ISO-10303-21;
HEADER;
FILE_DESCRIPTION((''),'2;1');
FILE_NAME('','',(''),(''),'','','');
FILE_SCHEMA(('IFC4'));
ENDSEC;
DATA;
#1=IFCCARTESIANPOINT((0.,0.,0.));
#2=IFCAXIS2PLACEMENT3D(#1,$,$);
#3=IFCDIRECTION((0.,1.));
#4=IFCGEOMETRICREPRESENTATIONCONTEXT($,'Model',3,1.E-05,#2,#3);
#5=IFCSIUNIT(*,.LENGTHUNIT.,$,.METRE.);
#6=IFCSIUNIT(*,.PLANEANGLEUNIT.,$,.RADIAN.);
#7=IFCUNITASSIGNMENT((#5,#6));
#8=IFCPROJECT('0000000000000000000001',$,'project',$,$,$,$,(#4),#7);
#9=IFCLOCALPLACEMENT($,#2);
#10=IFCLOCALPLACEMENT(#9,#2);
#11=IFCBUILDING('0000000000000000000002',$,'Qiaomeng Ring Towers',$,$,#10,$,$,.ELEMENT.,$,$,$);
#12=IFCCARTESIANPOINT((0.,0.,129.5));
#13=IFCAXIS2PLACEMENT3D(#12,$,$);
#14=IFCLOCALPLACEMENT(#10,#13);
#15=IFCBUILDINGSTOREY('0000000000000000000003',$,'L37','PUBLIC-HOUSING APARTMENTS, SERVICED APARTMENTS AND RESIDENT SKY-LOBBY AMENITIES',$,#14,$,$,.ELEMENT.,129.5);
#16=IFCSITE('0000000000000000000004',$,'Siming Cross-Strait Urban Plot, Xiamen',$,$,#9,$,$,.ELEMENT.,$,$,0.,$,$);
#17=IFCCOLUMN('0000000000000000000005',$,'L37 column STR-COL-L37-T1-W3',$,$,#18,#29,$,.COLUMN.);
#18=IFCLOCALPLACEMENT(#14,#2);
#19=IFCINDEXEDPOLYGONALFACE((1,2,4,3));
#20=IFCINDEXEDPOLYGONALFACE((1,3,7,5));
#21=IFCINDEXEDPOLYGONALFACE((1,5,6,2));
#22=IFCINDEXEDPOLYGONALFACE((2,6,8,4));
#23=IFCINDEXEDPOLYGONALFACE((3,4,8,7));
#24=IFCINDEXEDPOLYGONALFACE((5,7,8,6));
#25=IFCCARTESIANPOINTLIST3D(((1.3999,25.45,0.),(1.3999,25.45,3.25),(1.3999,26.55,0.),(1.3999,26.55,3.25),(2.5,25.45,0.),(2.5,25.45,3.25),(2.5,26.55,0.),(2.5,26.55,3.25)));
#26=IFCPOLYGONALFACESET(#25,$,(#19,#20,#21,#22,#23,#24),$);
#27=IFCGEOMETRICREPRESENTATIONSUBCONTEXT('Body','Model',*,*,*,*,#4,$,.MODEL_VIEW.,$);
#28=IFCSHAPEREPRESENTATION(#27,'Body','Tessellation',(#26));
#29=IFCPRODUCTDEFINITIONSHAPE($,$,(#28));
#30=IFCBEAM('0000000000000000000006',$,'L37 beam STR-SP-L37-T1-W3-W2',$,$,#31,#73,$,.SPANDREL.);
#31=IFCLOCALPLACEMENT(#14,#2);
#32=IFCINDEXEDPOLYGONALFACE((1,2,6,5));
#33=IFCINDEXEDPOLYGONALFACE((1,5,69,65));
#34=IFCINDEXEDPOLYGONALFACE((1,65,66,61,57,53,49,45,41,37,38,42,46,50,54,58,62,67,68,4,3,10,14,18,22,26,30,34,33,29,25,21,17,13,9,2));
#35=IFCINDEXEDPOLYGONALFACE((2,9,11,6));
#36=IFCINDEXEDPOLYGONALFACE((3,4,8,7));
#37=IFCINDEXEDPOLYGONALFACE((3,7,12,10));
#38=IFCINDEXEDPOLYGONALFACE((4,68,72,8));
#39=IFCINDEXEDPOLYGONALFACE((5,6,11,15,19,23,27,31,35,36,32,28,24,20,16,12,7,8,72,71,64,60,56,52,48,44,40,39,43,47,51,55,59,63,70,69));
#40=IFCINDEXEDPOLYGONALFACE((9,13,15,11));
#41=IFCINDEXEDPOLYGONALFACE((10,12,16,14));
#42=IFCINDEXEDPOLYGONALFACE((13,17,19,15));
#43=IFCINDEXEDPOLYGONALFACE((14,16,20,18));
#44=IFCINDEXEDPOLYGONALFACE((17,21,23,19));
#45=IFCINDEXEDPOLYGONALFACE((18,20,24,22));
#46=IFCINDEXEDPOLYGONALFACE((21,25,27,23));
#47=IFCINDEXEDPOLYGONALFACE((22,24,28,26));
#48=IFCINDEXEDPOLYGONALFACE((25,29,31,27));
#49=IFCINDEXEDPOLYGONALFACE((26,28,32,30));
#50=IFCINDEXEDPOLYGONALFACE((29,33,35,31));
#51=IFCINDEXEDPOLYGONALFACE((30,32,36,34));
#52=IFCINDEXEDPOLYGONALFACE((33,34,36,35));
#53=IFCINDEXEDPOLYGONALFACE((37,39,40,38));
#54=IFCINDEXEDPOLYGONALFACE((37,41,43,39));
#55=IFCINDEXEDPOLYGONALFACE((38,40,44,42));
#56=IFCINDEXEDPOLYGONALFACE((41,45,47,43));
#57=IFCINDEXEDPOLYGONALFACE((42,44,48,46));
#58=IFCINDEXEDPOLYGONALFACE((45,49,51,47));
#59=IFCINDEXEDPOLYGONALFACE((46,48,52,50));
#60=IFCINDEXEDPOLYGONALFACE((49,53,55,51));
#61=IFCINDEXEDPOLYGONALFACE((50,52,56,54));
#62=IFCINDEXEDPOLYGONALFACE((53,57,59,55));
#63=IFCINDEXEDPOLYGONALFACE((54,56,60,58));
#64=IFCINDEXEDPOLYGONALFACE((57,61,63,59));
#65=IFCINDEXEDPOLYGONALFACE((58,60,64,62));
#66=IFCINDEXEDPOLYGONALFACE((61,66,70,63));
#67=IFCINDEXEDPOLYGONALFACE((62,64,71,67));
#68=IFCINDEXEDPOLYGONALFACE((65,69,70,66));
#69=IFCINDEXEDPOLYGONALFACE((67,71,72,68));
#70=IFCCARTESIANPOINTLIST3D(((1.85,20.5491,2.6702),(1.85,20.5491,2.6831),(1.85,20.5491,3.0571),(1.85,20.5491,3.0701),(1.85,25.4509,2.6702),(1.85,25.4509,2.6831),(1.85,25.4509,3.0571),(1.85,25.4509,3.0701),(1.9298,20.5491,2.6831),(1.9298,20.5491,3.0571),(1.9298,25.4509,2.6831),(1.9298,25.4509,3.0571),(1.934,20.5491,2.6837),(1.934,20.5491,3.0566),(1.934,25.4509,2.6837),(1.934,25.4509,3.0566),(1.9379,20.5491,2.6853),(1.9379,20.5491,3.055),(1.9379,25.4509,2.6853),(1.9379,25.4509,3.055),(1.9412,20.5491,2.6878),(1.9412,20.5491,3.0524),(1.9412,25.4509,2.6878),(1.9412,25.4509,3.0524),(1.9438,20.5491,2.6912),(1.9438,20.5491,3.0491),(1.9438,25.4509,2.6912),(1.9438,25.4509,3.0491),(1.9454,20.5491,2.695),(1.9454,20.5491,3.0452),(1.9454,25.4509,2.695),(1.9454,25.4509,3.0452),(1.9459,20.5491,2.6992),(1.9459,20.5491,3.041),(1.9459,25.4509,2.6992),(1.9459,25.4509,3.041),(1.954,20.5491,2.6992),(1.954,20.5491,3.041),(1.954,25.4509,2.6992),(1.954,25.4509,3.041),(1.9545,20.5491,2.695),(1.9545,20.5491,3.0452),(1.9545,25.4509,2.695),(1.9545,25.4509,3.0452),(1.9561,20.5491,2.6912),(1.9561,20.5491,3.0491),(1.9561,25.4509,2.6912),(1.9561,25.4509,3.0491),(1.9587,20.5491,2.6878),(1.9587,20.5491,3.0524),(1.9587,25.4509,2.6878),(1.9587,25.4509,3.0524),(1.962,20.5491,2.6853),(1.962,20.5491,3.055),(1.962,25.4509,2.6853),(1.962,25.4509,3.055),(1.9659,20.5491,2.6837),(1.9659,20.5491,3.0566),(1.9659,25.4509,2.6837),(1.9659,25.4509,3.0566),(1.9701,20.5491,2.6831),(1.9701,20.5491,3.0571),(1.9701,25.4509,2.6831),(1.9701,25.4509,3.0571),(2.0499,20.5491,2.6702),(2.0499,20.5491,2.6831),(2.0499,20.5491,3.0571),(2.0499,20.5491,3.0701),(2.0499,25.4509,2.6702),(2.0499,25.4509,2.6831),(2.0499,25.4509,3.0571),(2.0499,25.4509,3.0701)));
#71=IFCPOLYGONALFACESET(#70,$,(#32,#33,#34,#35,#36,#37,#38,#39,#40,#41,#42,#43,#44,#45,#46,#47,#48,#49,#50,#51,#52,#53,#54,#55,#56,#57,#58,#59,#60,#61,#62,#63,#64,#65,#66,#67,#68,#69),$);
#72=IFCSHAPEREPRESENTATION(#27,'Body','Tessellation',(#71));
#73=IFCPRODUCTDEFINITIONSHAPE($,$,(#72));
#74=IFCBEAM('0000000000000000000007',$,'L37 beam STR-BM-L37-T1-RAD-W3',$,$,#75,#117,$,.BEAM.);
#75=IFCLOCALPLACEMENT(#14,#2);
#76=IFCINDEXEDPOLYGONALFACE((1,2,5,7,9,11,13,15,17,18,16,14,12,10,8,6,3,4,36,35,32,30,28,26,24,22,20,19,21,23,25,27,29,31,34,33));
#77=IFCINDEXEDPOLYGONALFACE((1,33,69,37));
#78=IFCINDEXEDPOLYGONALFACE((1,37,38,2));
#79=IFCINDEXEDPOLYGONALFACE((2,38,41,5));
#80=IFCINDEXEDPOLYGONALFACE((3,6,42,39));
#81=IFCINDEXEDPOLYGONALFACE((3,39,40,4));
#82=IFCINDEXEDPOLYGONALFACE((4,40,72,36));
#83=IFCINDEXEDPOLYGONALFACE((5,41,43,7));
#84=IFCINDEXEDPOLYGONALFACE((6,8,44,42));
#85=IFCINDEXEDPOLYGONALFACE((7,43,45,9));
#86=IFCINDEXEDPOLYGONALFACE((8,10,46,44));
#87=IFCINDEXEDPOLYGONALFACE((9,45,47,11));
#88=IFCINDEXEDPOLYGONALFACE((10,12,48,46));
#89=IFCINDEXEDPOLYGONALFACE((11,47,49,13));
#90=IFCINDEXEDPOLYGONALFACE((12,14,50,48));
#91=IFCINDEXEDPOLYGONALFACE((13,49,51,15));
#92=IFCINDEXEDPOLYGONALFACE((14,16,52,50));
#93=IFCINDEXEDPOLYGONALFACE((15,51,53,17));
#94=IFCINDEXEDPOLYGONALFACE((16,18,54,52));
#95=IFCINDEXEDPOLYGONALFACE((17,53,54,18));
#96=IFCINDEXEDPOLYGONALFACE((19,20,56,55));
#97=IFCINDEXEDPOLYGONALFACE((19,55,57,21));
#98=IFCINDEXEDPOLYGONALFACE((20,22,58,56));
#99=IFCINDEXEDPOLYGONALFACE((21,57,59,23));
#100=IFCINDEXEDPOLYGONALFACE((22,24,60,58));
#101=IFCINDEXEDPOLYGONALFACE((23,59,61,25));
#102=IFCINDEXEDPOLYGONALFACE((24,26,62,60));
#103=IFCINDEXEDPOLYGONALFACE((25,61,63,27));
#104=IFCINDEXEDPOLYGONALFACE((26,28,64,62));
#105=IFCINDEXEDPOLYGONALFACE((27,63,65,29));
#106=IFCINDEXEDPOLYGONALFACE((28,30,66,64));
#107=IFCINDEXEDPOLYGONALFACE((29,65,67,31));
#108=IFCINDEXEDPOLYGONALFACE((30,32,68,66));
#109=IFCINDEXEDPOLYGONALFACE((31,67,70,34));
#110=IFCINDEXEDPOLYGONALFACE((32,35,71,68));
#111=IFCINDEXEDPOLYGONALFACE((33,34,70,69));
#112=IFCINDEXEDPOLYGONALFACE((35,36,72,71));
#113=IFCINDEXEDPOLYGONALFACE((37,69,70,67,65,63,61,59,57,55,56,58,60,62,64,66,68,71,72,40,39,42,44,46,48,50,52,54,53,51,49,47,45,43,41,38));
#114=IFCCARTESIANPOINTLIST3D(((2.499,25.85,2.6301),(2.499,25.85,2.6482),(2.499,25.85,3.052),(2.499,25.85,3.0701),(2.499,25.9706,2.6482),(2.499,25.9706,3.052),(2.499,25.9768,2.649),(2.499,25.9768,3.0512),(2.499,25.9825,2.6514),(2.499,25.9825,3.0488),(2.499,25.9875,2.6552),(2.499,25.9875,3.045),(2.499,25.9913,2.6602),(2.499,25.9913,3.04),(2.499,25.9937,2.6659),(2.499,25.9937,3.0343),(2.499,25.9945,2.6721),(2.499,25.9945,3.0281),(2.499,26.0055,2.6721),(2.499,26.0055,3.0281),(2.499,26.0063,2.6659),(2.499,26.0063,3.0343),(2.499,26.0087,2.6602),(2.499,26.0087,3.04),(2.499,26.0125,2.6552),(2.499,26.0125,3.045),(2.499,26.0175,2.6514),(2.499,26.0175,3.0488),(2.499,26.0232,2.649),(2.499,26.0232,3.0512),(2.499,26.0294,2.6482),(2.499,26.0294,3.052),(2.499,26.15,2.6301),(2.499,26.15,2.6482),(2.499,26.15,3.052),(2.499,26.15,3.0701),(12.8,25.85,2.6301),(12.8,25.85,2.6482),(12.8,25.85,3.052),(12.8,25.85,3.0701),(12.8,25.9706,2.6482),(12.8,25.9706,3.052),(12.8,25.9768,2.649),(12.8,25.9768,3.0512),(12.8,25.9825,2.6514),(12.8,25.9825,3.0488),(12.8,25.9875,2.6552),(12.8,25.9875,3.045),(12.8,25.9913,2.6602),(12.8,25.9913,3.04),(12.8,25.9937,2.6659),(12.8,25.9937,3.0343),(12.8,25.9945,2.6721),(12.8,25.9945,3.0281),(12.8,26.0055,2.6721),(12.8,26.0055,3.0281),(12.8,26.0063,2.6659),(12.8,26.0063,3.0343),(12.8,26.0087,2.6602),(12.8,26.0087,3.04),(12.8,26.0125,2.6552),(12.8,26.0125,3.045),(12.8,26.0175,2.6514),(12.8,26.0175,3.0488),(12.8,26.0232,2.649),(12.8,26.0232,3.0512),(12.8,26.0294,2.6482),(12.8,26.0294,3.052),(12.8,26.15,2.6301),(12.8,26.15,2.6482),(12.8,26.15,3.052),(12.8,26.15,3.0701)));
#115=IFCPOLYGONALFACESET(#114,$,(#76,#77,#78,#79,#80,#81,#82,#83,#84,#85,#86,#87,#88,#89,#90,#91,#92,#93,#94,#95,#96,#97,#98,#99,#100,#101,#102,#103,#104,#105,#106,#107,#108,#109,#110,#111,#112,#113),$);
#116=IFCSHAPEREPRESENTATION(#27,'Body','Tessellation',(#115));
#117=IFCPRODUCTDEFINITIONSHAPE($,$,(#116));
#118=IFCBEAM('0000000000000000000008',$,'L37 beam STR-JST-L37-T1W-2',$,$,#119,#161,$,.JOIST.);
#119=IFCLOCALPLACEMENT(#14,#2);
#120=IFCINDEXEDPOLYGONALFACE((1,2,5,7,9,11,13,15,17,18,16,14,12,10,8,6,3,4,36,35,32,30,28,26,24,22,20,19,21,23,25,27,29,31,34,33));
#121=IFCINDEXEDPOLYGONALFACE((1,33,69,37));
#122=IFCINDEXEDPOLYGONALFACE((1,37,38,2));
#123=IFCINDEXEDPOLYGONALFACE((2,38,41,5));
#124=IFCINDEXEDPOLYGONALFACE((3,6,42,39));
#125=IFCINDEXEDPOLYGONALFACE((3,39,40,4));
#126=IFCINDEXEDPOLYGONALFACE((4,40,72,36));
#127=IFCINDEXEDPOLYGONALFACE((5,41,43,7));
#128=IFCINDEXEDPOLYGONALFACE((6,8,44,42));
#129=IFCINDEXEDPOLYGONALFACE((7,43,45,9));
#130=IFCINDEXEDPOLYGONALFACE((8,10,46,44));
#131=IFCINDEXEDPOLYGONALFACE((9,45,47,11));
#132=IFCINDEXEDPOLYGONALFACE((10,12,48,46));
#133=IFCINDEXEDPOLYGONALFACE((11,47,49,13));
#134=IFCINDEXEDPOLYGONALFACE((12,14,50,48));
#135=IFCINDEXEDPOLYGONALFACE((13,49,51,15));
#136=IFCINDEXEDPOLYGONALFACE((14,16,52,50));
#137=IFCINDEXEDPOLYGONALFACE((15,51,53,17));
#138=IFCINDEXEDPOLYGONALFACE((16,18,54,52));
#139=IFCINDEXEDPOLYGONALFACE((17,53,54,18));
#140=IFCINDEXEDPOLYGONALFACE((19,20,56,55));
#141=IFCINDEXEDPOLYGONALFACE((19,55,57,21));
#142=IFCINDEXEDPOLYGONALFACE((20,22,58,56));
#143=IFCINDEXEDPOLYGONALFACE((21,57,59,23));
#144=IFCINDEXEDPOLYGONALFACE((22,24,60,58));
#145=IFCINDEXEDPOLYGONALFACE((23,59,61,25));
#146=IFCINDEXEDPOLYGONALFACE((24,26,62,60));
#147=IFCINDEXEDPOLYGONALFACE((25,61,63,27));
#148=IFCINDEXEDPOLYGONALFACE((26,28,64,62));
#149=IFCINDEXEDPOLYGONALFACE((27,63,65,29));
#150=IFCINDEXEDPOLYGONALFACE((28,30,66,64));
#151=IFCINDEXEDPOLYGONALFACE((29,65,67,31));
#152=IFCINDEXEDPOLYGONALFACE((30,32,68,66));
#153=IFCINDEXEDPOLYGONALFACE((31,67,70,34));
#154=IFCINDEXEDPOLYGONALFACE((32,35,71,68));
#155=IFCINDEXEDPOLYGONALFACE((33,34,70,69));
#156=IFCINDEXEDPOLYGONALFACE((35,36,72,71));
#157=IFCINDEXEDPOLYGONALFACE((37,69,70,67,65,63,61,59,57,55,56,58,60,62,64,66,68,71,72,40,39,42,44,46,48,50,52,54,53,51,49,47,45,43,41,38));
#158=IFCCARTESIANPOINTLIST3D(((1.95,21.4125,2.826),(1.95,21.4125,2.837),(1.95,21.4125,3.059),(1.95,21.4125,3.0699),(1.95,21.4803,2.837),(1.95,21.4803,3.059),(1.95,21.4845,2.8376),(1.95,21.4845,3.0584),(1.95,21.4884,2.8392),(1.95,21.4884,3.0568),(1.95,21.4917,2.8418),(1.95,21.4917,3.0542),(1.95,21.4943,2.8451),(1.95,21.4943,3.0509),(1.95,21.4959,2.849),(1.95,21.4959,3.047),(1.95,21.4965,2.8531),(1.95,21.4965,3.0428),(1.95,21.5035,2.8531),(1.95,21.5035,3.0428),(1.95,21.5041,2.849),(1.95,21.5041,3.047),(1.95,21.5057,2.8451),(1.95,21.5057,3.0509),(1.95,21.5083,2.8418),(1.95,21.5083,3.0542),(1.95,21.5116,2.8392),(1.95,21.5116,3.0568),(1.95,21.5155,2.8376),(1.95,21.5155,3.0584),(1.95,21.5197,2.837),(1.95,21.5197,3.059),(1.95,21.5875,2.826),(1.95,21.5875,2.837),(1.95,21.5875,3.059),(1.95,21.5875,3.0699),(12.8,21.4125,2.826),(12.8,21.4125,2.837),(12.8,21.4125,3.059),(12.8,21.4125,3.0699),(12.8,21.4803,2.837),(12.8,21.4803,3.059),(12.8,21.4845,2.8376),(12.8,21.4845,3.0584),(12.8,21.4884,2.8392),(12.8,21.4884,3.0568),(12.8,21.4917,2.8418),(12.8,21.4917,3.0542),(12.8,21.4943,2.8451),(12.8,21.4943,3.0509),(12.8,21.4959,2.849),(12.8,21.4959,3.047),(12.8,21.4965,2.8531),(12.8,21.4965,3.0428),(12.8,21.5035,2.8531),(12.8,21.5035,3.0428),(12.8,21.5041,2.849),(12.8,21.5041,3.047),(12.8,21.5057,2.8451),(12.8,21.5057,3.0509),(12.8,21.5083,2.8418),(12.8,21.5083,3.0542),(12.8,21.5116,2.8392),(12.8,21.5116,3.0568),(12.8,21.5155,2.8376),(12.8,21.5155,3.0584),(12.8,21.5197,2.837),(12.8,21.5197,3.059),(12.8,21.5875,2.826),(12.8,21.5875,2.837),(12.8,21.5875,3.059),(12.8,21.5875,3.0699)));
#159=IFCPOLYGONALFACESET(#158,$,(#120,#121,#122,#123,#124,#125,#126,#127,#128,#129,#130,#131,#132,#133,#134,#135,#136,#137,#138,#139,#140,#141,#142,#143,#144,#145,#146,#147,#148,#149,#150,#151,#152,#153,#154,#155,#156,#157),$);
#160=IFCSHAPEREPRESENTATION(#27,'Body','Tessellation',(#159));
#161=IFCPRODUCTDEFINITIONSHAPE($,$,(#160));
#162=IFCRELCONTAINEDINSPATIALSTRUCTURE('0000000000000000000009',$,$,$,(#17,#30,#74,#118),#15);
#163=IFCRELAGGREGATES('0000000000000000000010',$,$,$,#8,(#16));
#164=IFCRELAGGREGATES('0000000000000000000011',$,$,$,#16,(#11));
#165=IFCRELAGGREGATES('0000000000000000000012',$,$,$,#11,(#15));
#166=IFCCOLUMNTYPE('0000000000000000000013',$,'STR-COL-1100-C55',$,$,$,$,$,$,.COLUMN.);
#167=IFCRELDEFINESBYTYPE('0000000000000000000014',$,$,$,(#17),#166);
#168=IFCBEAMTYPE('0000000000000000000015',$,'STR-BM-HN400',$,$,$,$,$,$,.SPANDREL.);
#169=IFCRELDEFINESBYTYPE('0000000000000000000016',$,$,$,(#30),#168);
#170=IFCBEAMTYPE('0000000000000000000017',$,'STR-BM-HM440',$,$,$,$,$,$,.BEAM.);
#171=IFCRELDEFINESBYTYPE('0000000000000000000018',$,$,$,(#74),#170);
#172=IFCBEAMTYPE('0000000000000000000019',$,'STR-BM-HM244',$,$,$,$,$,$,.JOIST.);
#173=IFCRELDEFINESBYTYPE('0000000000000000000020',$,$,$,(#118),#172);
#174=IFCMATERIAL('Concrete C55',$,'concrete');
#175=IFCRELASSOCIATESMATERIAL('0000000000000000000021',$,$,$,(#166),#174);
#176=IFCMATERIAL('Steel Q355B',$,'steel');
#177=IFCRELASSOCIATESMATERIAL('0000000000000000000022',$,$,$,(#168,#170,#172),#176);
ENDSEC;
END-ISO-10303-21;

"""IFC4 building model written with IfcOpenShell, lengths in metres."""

from ifc_helpers import new_model, si_unit, direction, frame, origin, origin_2d, place, context, subcontext, project, spatial, rectangle, i_section, extrude, source, transform, mapped, material, material_profile, profile_set, type_object, element, save


model = new_model("IFC4")

# Units and contexts
model_context = context("Model", 3, precision=1e-05, world=origin(), true_north=direction((0.0, 1.0)))
body_context = subcontext(model_context, "Body", "Model", "MODEL_VIEW")
ifc_project = project(units=[si_unit("LENGTHUNIT", "METRE"), si_unit("PLANEANGLEUNIT", "RADIAN")], contexts=[model_context])

# Site, building, storey
site_placement = place(None, origin())
site = spatial("IfcSite", under=ifc_project, at=site_placement, Name="Siming Cross-Strait Urban Plot, Xiamen", CompositionType="ELEMENT", RefElevation=0.0)
building_placement = place(site_placement, origin())
building = spatial("IfcBuilding", under=site, at=building_placement, Name="Qiaomeng Ring Towers", CompositionType="ELEMENT")
storey_placement = place(building_placement, frame((0.0, 0.0, 129.5)))
storey = spatial("IfcBuildingStorey", under=building, at=storey_placement, Name="L37", Description="PUBLIC-HOUSING APARTMENTS, SERVICED APARTMENTS AND RESIDENT SKY-LOBBY AMENITIES", CompositionType="ELEMENT", Elevation=129.5)

# Column
ifc_material_1 = material(Name="Concrete C55", Category="concrete")
ifc_material_profile_1 = material_profile(ifc_material_1, rectangle(XDim=1.1001, YDim=1.1001, at=origin_2d()), Name="RC COL 1100x1100")
ifc_profile_set_1 = profile_set([ifc_material_profile_1], Name="Concrete C55")
column_type = type_object("IfcColumnType", Name="STR-COL-1100-C55", PredefinedType="COLUMN", material=ifc_profile_set_1)
shared_shape_1 = source(origin(), body_context, "Body", "SweptSolid", [
    extrude(rectangle(XDim=1.1001, YDim=1.1001, at=origin_2d()), origin(), (0.0, 0.0, 1.0), 3.25),
])
column_placement = place(storey_placement, frame((1.95, 26.0, 0.0), z_axis=(0.0, 0.0, 1.0), x_axis=(1.0, 0.0, 0.0)))
element("IfcColumn", 1, at=column_placement, inside=storey, type_object=column_type, Name="L37 column STR-COL-L37-T1-W3", PredefinedType="COLUMN", context=body_context, shape_type="MappedRepresentation", body=[
    mapped(shared_shape_1, transform((0.0, 0.0, 0.0), x_axis=(1.0, 0.0, 0.0), y_axis=(0.0, 1.0, 0.0), z_axis=(0.0, 0.0, 1.0), scale=1.0)),
])

# Beams
ifc_material_2 = material(Name="Steel Q355B", Category="steel")
ifc_material_profile_2 = material_profile(ifc_material_2, i_section(OverallWidth=0.2, OverallDepth=0.3999, WebThickness=0.0081, FlangeThickness=0.0129, FilletRadius=0.0161, at=origin_2d()), Name="HN 400x200x8x13")
ifc_profile_set_2 = profile_set([ifc_material_profile_2], Name="Steel Q355B")
beam_type_1 = type_object("IfcBeamType", Name="STR-BM-HN400", PredefinedType="SPANDREL", material=ifc_profile_set_2)
shared_shape_2 = source(origin(), body_context, "Body", "SweptSolid", [
    extrude(i_section(OverallWidth=0.2, OverallDepth=0.3999, WebThickness=0.0081, FlangeThickness=0.0129, FilletRadius=0.0161, at=origin_2d()), origin(), (0.0, 0.0, 1.0), 4.9019),
])
beam_1_placement = place(storey_placement, frame((1.95, 25.4509, 2.8701), z_axis=(0.0, -1.0, 0.0), x_axis=(1.0, 0.0, 0.0)))
element("IfcBeam", 2, at=beam_1_placement, inside=storey, type_object=beam_type_1, Name="L37 beam STR-SP-L37-T1-W3-W2", PredefinedType="SPANDREL", context=body_context, shape_type="MappedRepresentation", body=[
    mapped(shared_shape_2, transform((0.0, 0.0, 0.0), x_axis=(1.0, 0.0, 0.0), y_axis=(0.0, 1.0, 0.0), z_axis=(0.0, 0.0, 1.0), scale=1.0)),
])
ifc_material_profile_3 = material_profile(ifc_material_2, i_section(OverallWidth=0.3, OverallDepth=0.4399, WebThickness=0.011, FlangeThickness=0.0181, FilletRadius=0.0239, at=origin_2d()), Name="HM 440x300x11x18")
ifc_profile_set_3 = profile_set([ifc_material_profile_3], Name="Steel Q355B")
beam_type_2 = type_object("IfcBeamType", Name="STR-BM-HM440", PredefinedType="BEAM", material=ifc_profile_set_3)
shared_shape_3 = source(origin(), body_context, "Body", "SweptSolid", [
    extrude(i_section(OverallWidth=0.3, OverallDepth=0.4399, WebThickness=0.011, FlangeThickness=0.0181, FilletRadius=0.0239, at=origin_2d()), origin(), (0.0, 0.0, 1.0), 10.301),
])
beam_2_placement = place(storey_placement, frame((2.499, 26.0, 2.8501), z_axis=(1.0, 0.0, 0.0), x_axis=(0.0, 1.0, 0.0)))
element("IfcBeam", 3, at=beam_2_placement, inside=storey, type_object=beam_type_2, Name="L37 beam STR-BM-L37-T1-RAD-W3", PredefinedType="BEAM", context=body_context, shape_type="MappedRepresentation", body=[
    mapped(shared_shape_3, transform((0.0, 0.0, 0.0), x_axis=(1.0, 0.0, 0.0), y_axis=(0.0, 1.0, 0.0), z_axis=(0.0, 0.0, 1.0), scale=1.0)),
])
ifc_material_profile_4 = material_profile(ifc_material_2, i_section(OverallWidth=0.175, OverallDepth=0.2439, WebThickness=0.0071, FlangeThickness=0.011, FilletRadius=0.0161, at=origin_2d()), Name="HM 244x175x7x11")
ifc_profile_set_4 = profile_set([ifc_material_profile_4], Name="Steel Q355B")
beam_type_3 = type_object("IfcBeamType", Name="STR-BM-HM244", PredefinedType="JOIST", material=ifc_profile_set_4)
shared_shape_4 = source(origin(), body_context, "Body", "SweptSolid", [
    extrude(i_section(OverallWidth=0.175, OverallDepth=0.2439, WebThickness=0.0071, FlangeThickness=0.011, FilletRadius=0.0161, at=origin_2d()), origin(), (0.0, 0.0, 1.0), 10.8501),
])
for number, where, z_axis, x_axis, name in (
    (4, (1.95, 21.5, 2.948), (1.0, 0.0, 0.0), (0.0, 1.0, 0.0), "L37 beam STR-JST-L37-T1W-2"),
):
    element("IfcBeam", number, at=place(storey_placement, frame(where, z_axis=z_axis, x_axis=x_axis)), inside=storey, type_object=beam_type_3, Name=name, PredefinedType="JOIST", context=body_context, shape_type="MappedRepresentation", body=[
        mapped(shared_shape_4, transform((0.0, 0.0, 0.0), x_axis=(1.0, 0.0, 0.0), y_axis=(0.0, 1.0, 0.0), z_axis=(0.0, 0.0, 1.0), scale=1.0)),
    ])

save(model, "model.ifc")
